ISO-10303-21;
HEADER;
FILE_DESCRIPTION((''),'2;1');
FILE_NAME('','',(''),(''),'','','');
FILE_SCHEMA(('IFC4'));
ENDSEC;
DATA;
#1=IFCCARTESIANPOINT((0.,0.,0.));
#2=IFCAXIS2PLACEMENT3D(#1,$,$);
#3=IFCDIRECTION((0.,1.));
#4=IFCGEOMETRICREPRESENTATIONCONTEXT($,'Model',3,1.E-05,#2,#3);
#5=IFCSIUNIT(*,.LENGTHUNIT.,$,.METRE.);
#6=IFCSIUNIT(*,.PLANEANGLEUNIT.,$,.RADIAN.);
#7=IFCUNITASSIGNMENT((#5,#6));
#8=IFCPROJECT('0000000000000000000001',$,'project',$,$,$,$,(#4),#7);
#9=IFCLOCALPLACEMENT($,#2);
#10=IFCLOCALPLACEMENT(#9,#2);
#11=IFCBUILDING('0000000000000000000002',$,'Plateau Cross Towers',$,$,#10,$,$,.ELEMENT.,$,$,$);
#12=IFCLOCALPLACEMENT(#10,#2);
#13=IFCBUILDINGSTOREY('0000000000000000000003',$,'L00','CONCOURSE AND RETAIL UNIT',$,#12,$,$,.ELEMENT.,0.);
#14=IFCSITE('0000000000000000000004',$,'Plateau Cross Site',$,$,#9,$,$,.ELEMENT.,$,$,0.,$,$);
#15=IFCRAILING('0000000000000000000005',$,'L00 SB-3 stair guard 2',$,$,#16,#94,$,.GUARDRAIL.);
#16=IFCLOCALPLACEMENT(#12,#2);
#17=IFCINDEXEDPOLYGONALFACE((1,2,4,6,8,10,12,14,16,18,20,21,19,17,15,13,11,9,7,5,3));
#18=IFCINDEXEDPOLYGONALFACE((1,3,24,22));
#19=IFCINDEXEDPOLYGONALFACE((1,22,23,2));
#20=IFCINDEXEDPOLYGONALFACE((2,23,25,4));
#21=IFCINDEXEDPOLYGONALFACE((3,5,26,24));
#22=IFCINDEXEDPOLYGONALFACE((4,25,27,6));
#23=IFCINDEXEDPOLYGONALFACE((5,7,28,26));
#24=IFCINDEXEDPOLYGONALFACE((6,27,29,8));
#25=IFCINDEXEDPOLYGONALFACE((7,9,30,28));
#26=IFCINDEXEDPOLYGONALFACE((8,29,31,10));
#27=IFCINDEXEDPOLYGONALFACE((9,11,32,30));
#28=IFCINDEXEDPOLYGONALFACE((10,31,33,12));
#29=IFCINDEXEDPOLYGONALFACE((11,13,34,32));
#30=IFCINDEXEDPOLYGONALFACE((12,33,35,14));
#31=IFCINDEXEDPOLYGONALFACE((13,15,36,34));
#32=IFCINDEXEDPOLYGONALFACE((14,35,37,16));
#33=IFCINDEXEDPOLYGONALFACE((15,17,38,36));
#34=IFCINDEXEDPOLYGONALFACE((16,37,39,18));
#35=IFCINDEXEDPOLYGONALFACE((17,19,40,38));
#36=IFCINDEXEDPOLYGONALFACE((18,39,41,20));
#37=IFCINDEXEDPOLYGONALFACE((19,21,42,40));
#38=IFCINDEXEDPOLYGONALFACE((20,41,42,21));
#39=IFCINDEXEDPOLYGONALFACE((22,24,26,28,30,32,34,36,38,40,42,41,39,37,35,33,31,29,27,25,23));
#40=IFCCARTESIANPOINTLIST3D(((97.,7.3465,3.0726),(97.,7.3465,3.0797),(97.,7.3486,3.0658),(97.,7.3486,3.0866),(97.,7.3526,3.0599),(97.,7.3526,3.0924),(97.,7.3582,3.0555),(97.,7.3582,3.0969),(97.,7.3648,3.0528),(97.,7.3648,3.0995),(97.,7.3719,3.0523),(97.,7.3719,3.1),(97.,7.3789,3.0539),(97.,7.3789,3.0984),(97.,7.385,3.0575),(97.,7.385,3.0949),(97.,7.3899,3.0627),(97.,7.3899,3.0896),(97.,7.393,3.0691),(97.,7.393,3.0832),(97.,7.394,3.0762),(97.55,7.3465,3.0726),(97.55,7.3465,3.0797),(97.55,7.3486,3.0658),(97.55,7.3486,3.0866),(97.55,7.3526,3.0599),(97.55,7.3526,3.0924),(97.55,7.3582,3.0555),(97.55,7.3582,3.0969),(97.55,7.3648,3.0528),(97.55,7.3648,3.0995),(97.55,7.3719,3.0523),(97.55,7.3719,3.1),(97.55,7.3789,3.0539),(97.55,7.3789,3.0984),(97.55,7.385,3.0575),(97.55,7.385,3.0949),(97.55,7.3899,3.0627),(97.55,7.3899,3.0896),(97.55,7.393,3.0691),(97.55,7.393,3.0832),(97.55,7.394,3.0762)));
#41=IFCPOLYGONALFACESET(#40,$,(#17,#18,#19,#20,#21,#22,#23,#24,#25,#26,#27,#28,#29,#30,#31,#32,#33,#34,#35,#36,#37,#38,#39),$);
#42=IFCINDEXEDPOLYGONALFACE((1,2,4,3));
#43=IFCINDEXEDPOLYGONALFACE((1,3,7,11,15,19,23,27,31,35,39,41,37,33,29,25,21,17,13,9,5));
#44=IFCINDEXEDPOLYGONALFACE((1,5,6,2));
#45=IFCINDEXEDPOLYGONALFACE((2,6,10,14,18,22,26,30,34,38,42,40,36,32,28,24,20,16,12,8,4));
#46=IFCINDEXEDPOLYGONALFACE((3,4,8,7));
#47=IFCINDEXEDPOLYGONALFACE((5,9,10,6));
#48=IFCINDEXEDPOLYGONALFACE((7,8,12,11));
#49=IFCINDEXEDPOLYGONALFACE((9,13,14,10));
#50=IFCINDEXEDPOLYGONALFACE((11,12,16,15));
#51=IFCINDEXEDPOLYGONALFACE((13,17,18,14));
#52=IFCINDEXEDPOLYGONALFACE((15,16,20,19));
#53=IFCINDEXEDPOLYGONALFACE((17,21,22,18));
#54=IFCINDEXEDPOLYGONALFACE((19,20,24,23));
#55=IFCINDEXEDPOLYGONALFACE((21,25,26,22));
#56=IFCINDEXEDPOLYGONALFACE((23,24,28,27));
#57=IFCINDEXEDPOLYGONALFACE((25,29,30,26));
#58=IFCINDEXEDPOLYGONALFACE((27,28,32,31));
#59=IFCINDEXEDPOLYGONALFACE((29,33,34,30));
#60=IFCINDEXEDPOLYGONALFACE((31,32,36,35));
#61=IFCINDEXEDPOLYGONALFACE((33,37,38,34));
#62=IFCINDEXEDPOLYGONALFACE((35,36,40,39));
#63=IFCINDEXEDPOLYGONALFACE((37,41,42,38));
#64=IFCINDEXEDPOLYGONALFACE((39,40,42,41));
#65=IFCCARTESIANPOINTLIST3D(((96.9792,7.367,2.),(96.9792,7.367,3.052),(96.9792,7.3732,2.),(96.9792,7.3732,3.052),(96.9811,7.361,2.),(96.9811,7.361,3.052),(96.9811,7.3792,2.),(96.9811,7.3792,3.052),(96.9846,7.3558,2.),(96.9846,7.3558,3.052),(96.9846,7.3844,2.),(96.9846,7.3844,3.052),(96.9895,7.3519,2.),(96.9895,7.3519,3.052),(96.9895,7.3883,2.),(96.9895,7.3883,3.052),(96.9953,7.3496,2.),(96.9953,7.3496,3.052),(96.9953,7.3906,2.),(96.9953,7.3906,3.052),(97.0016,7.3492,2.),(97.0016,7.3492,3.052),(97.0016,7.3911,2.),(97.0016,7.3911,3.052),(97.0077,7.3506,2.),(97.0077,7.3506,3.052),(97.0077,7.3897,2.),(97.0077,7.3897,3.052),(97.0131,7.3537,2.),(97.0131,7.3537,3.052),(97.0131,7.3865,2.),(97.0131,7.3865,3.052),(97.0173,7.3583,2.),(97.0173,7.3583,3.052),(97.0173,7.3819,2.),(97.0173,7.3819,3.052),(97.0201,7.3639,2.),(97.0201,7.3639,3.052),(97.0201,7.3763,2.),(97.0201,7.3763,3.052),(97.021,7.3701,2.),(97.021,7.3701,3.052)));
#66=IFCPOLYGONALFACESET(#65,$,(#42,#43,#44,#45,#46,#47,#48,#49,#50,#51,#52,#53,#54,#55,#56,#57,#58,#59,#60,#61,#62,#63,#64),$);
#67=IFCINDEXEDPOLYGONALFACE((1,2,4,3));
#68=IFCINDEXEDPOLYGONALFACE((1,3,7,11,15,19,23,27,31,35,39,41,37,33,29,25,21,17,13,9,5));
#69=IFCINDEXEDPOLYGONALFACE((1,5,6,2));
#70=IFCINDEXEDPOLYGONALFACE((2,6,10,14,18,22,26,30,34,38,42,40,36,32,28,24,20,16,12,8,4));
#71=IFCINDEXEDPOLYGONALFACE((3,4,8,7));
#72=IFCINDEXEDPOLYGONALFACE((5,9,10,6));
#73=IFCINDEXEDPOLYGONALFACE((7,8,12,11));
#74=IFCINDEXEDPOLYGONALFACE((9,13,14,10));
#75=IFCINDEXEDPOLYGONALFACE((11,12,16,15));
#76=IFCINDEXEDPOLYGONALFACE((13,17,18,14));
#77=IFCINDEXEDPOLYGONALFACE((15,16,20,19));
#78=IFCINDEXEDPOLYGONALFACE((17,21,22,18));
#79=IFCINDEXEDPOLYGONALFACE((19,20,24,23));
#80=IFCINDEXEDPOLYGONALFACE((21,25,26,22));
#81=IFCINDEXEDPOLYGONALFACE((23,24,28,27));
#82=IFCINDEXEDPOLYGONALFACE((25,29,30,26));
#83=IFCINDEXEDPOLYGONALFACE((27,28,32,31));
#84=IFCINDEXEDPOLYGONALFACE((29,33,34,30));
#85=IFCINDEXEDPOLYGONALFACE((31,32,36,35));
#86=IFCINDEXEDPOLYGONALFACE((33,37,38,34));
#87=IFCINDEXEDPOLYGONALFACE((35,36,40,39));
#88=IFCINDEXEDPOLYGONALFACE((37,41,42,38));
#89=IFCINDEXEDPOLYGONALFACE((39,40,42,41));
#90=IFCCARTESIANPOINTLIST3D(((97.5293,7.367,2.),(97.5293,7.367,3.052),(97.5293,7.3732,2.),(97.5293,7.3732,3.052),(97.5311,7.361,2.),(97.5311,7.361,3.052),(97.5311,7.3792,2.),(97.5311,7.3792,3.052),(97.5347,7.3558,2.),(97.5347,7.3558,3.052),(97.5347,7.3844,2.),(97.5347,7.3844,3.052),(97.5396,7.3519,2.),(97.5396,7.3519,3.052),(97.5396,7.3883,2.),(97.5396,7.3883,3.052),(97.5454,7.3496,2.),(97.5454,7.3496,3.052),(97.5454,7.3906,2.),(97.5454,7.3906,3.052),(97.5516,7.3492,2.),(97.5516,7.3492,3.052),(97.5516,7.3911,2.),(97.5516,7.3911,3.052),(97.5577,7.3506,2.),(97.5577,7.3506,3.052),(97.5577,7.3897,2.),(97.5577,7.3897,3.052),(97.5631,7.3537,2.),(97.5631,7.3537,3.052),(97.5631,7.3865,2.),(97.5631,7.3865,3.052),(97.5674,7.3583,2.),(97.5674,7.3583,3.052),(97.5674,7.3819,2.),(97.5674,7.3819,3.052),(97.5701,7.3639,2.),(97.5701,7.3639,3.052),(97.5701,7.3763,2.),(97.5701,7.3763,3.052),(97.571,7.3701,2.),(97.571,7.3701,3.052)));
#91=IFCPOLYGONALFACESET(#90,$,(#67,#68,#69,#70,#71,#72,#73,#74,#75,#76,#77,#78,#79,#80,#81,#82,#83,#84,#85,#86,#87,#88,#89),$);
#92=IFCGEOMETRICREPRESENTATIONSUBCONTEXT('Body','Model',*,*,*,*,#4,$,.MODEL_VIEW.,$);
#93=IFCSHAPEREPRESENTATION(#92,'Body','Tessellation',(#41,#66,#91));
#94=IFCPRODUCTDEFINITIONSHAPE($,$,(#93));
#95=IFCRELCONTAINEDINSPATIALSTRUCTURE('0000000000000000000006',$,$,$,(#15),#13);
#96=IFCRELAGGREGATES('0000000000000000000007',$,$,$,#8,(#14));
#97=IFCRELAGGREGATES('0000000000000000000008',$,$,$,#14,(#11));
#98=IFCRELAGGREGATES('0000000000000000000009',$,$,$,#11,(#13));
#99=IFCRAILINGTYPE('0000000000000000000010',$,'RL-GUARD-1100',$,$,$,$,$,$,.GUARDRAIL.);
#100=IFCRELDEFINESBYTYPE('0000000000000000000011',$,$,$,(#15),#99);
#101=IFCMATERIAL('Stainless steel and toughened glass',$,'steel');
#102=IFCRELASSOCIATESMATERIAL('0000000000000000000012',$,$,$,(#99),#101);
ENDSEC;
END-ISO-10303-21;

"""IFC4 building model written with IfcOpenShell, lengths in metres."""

from ifc_helpers import new_model, si_unit, direction, frame, origin, origin_2d, place, context, subcontext, project, spatial, circle, extrude, material, type_object, element, save


model = new_model("IFC4")

# Units and contexts
model_context = context("Model", 3, precision=1e-05, world=origin(), true_north=direction((0.0, 1.0)))
body_context = subcontext(model_context, "Body", "Model", "MODEL_VIEW")
ifc_project = project(units=[si_unit("LENGTHUNIT", "METRE"), si_unit("PLANEANGLEUNIT", "RADIAN")], contexts=[model_context])

# Site, building, storey
site_placement = place(None, origin())
site = spatial("IfcSite", under=ifc_project, at=site_placement, Name="Plateau Cross Site", CompositionType="ELEMENT", RefElevation=0.0)
building_placement = place(site_placement, origin())
building = spatial("IfcBuilding", under=site, at=building_placement, Name="Plateau Cross Towers", CompositionType="ELEMENT")
storey_placement = place(building_placement, origin())
storey = spatial("IfcBuildingStorey", under=building, at=storey_placement, Name="L00", Description="CONCOURSE AND RETAIL UNIT", CompositionType="ELEMENT", Elevation=0.0)

# Railing
ifc_material_1 = material(Name="Stainless steel and toughened glass", Category="steel")
railing_type_1 = type_object("IfcRailingType", Name="RL-GUARD-1100", PredefinedType="GUARDRAIL", material=ifc_material_1)
railing_1_placement = place(storey_placement, frame((97.0, 7.3701, 2.0)))
element("IfcRailing", 1, at=railing_1_placement, inside=storey, type_object=railing_type_1, Name="L00 SB-3 stair guard 2", PredefinedType="GUARDRAIL", context=body_context, shape_type="SweptSolid", body=[
    extrude(circle(Radius=0.0239, at=origin_2d()), frame((0.0, 0.0, 1.0762), z_axis=(1.0, 0.0, 0.0), x_axis=(0.0, 1.0, 0.0)), (0.0, 0.0, 1.0), 0.55),
    extrude(circle(Radius=0.021, at=origin_2d()), origin(), (0.0, 0.0, 1.0), 1.052),
    extrude(circle(Radius=0.021, at=origin_2d()), frame((0.55, 0.0, 0.0)), (0.0, 0.0, 1.0), 1.052),
])

save(model, "model.ifc")
